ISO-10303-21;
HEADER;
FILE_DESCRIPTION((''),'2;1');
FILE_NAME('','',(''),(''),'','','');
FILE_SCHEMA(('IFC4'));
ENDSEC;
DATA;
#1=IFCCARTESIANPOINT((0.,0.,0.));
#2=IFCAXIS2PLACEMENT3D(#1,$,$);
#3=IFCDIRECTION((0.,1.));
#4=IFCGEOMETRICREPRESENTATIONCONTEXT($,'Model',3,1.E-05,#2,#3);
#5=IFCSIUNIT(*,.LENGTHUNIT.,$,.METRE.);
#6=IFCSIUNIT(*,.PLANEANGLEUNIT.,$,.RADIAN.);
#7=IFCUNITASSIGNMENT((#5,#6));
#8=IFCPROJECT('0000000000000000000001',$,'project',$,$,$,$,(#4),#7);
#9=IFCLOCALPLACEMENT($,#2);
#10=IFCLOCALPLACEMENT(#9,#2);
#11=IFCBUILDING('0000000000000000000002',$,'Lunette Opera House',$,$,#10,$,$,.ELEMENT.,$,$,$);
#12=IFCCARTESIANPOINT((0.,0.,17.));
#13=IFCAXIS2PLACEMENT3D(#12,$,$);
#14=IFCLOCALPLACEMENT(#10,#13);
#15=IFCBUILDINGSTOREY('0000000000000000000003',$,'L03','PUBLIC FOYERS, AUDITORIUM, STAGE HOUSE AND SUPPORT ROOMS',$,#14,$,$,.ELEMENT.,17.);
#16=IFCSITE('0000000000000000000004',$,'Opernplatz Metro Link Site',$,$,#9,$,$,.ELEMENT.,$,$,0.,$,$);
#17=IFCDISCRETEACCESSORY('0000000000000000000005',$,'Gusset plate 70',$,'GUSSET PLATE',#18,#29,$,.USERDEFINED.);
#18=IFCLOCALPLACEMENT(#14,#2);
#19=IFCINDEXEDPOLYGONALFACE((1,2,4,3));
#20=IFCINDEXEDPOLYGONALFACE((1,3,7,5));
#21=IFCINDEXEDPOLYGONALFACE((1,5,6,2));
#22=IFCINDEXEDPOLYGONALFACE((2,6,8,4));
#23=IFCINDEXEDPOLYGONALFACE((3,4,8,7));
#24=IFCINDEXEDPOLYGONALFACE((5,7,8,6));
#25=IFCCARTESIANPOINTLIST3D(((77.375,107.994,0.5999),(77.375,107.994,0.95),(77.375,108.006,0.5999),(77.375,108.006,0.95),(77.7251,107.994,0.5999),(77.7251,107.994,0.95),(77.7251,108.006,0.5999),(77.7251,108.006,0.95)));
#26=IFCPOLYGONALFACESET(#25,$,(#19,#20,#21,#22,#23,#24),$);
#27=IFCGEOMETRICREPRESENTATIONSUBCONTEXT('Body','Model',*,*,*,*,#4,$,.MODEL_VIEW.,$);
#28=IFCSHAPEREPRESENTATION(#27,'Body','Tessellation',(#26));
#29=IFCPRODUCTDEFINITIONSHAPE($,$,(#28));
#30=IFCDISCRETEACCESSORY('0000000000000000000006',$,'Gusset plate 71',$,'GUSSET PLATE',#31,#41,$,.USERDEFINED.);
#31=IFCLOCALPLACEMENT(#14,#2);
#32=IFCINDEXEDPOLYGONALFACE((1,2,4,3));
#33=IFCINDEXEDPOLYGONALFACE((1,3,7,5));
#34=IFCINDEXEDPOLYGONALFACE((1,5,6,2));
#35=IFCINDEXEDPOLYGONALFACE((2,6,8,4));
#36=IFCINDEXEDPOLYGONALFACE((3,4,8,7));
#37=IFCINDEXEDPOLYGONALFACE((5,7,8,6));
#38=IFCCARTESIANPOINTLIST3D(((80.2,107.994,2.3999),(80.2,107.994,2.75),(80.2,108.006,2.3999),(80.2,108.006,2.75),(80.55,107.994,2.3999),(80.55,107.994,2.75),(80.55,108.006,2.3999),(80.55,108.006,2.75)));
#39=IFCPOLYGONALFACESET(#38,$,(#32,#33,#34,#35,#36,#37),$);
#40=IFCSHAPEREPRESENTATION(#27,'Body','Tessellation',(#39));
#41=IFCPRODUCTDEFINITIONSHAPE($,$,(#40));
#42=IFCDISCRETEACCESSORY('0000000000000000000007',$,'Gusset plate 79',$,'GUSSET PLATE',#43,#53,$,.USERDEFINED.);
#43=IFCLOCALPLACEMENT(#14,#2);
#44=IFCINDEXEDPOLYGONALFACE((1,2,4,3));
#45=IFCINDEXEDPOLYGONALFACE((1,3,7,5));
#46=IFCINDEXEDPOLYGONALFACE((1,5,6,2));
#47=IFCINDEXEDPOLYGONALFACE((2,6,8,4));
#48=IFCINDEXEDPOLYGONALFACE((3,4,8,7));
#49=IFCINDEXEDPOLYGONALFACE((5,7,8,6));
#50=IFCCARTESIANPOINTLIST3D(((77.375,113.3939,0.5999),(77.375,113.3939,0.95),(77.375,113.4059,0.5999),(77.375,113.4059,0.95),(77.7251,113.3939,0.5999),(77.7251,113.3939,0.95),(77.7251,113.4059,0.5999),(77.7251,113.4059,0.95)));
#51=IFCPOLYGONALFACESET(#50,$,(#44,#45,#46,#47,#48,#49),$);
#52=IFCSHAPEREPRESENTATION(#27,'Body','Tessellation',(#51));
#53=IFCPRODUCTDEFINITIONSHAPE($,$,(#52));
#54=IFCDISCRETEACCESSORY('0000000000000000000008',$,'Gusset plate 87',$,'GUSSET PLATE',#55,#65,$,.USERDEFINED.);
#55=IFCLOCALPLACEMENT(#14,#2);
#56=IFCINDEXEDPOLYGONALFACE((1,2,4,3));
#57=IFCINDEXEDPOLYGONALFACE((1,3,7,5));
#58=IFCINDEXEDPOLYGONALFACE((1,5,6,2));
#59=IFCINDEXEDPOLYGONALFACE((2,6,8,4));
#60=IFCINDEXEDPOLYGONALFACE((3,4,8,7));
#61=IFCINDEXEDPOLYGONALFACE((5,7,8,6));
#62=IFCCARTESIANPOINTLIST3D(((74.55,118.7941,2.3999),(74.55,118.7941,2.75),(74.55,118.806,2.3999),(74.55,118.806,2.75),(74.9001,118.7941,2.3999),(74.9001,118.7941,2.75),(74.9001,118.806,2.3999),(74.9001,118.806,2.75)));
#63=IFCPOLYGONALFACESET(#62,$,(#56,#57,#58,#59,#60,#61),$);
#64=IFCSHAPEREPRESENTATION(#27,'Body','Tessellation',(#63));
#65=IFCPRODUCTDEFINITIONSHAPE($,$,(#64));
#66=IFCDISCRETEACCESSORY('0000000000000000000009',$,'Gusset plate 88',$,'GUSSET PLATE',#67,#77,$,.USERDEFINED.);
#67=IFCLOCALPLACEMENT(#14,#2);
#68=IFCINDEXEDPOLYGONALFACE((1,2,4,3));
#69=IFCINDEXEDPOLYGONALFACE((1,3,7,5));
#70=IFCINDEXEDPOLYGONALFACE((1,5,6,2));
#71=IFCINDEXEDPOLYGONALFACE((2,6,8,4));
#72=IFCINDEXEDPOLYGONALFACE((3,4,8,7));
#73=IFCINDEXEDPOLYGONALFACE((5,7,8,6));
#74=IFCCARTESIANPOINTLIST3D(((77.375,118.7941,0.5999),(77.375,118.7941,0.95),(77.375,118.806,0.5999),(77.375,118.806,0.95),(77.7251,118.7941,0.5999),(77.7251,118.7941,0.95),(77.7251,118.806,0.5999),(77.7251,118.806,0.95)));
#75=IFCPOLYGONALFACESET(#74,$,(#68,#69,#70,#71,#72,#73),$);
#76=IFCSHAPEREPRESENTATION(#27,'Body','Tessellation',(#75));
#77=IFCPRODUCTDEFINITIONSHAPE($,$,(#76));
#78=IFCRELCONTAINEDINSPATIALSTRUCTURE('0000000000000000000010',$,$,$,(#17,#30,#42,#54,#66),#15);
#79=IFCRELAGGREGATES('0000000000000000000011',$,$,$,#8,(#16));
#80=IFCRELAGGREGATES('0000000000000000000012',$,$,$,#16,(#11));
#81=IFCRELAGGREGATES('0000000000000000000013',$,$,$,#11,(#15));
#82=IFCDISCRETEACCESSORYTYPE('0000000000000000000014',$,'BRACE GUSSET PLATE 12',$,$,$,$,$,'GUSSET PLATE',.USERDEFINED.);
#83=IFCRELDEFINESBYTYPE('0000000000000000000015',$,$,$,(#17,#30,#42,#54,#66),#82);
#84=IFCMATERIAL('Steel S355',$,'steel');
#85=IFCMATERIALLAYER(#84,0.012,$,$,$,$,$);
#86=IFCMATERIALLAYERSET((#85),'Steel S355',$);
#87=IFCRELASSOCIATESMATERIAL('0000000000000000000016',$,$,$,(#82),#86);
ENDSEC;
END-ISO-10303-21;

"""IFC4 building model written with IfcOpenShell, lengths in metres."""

from ifc_helpers import new_model, si_unit, direction, frame, origin, origin_2d, place, context, subcontext, project, spatial, rectangle, extrude, material, layer, layer_set, type_object, element, save


model = new_model("IFC4")

# Units and contexts
model_context = context("Model", 3, precision=1e-05, world=origin(), true_north=direction((0.0, 1.0)))
body_context = subcontext(model_context, "Body", "Model", "MODEL_VIEW")
ifc_project = project(units=[si_unit("LENGTHUNIT", "METRE"), si_unit("PLANEANGLEUNIT", "RADIAN")], contexts=[model_context])

# Site, building, storey
site_placement = place(None, origin())
site = spatial("IfcSite", under=ifc_project, at=site_placement, Name="Opernplatz Metro Link Site", CompositionType="ELEMENT", RefElevation=0.0)
building_placement = place(site_placement, origin())
building = spatial("IfcBuilding", under=site, at=building_placement, Name="Lunette Opera House", CompositionType="ELEMENT")
storey_placement = place(building_placement, frame((0.0, 0.0, 17.0)))
storey = spatial("IfcBuildingStorey", under=building, at=storey_placement, Name="L03", Description="PUBLIC FOYERS, AUDITORIUM, STAGE HOUSE AND SUPPORT ROOMS", CompositionType="ELEMENT", Elevation=17.0)

# Discrete accessories
ifc_material_1 = material(Name="Steel S355", Category="steel")
ifc_layer = layer(ifc_material_1, 0.012)
ifc_layer_set = layer_set([ifc_layer], Name="Steel S355")
discrete_accessory_type = type_object("IfcDiscreteAccessoryType", Name="BRACE GUSSET PLATE 12", ElementType="GUSSET PLATE", PredefinedType="USERDEFINED", material=ifc_layer_set)
for number, where, z_axis, x_axis, name in (
    (1, (77.55, 108.0, 0.5999), (0.0, 0.0, 1.0), (1.0, 0.0, 0.0), "Gusset plate 70"),
    (2, (80.375, 108.0, 2.3999), (0.0, 0.0, 1.0), (1.0, 0.0, 0.0), "Gusset plate 71"),
    (3, (77.55, 113.3999, 0.5999), (0.0, 0.0, 1.0), (1.0, 0.0, 0.0), "Gusset plate 79"),
    (4, (74.7251, 118.8, 2.3999), (0.0, 0.0, 1.0), (1.0, 0.0, 0.0), "Gusset plate 87"),
    (5, (77.55, 118.8, 0.5999), (0.0, 0.0, 1.0), (1.0, 0.0, 0.0), "Gusset plate 88"),
):
    element("IfcDiscreteAccessory", number, at=place(storey_placement, frame(where, z_axis=z_axis, x_axis=x_axis)), inside=storey, type_object=discrete_accessory_type, Name=name, ObjectType="GUSSET PLATE", PredefinedType="USERDEFINED", context=body_context, shape_type="SweptSolid", body=[
        extrude(rectangle(XDim=0.3501, YDim=0.012, at=origin_2d()), origin(), (0.0, 0.0, 1.0), 0.3501),
    ])

save(model, "model.ifc")
